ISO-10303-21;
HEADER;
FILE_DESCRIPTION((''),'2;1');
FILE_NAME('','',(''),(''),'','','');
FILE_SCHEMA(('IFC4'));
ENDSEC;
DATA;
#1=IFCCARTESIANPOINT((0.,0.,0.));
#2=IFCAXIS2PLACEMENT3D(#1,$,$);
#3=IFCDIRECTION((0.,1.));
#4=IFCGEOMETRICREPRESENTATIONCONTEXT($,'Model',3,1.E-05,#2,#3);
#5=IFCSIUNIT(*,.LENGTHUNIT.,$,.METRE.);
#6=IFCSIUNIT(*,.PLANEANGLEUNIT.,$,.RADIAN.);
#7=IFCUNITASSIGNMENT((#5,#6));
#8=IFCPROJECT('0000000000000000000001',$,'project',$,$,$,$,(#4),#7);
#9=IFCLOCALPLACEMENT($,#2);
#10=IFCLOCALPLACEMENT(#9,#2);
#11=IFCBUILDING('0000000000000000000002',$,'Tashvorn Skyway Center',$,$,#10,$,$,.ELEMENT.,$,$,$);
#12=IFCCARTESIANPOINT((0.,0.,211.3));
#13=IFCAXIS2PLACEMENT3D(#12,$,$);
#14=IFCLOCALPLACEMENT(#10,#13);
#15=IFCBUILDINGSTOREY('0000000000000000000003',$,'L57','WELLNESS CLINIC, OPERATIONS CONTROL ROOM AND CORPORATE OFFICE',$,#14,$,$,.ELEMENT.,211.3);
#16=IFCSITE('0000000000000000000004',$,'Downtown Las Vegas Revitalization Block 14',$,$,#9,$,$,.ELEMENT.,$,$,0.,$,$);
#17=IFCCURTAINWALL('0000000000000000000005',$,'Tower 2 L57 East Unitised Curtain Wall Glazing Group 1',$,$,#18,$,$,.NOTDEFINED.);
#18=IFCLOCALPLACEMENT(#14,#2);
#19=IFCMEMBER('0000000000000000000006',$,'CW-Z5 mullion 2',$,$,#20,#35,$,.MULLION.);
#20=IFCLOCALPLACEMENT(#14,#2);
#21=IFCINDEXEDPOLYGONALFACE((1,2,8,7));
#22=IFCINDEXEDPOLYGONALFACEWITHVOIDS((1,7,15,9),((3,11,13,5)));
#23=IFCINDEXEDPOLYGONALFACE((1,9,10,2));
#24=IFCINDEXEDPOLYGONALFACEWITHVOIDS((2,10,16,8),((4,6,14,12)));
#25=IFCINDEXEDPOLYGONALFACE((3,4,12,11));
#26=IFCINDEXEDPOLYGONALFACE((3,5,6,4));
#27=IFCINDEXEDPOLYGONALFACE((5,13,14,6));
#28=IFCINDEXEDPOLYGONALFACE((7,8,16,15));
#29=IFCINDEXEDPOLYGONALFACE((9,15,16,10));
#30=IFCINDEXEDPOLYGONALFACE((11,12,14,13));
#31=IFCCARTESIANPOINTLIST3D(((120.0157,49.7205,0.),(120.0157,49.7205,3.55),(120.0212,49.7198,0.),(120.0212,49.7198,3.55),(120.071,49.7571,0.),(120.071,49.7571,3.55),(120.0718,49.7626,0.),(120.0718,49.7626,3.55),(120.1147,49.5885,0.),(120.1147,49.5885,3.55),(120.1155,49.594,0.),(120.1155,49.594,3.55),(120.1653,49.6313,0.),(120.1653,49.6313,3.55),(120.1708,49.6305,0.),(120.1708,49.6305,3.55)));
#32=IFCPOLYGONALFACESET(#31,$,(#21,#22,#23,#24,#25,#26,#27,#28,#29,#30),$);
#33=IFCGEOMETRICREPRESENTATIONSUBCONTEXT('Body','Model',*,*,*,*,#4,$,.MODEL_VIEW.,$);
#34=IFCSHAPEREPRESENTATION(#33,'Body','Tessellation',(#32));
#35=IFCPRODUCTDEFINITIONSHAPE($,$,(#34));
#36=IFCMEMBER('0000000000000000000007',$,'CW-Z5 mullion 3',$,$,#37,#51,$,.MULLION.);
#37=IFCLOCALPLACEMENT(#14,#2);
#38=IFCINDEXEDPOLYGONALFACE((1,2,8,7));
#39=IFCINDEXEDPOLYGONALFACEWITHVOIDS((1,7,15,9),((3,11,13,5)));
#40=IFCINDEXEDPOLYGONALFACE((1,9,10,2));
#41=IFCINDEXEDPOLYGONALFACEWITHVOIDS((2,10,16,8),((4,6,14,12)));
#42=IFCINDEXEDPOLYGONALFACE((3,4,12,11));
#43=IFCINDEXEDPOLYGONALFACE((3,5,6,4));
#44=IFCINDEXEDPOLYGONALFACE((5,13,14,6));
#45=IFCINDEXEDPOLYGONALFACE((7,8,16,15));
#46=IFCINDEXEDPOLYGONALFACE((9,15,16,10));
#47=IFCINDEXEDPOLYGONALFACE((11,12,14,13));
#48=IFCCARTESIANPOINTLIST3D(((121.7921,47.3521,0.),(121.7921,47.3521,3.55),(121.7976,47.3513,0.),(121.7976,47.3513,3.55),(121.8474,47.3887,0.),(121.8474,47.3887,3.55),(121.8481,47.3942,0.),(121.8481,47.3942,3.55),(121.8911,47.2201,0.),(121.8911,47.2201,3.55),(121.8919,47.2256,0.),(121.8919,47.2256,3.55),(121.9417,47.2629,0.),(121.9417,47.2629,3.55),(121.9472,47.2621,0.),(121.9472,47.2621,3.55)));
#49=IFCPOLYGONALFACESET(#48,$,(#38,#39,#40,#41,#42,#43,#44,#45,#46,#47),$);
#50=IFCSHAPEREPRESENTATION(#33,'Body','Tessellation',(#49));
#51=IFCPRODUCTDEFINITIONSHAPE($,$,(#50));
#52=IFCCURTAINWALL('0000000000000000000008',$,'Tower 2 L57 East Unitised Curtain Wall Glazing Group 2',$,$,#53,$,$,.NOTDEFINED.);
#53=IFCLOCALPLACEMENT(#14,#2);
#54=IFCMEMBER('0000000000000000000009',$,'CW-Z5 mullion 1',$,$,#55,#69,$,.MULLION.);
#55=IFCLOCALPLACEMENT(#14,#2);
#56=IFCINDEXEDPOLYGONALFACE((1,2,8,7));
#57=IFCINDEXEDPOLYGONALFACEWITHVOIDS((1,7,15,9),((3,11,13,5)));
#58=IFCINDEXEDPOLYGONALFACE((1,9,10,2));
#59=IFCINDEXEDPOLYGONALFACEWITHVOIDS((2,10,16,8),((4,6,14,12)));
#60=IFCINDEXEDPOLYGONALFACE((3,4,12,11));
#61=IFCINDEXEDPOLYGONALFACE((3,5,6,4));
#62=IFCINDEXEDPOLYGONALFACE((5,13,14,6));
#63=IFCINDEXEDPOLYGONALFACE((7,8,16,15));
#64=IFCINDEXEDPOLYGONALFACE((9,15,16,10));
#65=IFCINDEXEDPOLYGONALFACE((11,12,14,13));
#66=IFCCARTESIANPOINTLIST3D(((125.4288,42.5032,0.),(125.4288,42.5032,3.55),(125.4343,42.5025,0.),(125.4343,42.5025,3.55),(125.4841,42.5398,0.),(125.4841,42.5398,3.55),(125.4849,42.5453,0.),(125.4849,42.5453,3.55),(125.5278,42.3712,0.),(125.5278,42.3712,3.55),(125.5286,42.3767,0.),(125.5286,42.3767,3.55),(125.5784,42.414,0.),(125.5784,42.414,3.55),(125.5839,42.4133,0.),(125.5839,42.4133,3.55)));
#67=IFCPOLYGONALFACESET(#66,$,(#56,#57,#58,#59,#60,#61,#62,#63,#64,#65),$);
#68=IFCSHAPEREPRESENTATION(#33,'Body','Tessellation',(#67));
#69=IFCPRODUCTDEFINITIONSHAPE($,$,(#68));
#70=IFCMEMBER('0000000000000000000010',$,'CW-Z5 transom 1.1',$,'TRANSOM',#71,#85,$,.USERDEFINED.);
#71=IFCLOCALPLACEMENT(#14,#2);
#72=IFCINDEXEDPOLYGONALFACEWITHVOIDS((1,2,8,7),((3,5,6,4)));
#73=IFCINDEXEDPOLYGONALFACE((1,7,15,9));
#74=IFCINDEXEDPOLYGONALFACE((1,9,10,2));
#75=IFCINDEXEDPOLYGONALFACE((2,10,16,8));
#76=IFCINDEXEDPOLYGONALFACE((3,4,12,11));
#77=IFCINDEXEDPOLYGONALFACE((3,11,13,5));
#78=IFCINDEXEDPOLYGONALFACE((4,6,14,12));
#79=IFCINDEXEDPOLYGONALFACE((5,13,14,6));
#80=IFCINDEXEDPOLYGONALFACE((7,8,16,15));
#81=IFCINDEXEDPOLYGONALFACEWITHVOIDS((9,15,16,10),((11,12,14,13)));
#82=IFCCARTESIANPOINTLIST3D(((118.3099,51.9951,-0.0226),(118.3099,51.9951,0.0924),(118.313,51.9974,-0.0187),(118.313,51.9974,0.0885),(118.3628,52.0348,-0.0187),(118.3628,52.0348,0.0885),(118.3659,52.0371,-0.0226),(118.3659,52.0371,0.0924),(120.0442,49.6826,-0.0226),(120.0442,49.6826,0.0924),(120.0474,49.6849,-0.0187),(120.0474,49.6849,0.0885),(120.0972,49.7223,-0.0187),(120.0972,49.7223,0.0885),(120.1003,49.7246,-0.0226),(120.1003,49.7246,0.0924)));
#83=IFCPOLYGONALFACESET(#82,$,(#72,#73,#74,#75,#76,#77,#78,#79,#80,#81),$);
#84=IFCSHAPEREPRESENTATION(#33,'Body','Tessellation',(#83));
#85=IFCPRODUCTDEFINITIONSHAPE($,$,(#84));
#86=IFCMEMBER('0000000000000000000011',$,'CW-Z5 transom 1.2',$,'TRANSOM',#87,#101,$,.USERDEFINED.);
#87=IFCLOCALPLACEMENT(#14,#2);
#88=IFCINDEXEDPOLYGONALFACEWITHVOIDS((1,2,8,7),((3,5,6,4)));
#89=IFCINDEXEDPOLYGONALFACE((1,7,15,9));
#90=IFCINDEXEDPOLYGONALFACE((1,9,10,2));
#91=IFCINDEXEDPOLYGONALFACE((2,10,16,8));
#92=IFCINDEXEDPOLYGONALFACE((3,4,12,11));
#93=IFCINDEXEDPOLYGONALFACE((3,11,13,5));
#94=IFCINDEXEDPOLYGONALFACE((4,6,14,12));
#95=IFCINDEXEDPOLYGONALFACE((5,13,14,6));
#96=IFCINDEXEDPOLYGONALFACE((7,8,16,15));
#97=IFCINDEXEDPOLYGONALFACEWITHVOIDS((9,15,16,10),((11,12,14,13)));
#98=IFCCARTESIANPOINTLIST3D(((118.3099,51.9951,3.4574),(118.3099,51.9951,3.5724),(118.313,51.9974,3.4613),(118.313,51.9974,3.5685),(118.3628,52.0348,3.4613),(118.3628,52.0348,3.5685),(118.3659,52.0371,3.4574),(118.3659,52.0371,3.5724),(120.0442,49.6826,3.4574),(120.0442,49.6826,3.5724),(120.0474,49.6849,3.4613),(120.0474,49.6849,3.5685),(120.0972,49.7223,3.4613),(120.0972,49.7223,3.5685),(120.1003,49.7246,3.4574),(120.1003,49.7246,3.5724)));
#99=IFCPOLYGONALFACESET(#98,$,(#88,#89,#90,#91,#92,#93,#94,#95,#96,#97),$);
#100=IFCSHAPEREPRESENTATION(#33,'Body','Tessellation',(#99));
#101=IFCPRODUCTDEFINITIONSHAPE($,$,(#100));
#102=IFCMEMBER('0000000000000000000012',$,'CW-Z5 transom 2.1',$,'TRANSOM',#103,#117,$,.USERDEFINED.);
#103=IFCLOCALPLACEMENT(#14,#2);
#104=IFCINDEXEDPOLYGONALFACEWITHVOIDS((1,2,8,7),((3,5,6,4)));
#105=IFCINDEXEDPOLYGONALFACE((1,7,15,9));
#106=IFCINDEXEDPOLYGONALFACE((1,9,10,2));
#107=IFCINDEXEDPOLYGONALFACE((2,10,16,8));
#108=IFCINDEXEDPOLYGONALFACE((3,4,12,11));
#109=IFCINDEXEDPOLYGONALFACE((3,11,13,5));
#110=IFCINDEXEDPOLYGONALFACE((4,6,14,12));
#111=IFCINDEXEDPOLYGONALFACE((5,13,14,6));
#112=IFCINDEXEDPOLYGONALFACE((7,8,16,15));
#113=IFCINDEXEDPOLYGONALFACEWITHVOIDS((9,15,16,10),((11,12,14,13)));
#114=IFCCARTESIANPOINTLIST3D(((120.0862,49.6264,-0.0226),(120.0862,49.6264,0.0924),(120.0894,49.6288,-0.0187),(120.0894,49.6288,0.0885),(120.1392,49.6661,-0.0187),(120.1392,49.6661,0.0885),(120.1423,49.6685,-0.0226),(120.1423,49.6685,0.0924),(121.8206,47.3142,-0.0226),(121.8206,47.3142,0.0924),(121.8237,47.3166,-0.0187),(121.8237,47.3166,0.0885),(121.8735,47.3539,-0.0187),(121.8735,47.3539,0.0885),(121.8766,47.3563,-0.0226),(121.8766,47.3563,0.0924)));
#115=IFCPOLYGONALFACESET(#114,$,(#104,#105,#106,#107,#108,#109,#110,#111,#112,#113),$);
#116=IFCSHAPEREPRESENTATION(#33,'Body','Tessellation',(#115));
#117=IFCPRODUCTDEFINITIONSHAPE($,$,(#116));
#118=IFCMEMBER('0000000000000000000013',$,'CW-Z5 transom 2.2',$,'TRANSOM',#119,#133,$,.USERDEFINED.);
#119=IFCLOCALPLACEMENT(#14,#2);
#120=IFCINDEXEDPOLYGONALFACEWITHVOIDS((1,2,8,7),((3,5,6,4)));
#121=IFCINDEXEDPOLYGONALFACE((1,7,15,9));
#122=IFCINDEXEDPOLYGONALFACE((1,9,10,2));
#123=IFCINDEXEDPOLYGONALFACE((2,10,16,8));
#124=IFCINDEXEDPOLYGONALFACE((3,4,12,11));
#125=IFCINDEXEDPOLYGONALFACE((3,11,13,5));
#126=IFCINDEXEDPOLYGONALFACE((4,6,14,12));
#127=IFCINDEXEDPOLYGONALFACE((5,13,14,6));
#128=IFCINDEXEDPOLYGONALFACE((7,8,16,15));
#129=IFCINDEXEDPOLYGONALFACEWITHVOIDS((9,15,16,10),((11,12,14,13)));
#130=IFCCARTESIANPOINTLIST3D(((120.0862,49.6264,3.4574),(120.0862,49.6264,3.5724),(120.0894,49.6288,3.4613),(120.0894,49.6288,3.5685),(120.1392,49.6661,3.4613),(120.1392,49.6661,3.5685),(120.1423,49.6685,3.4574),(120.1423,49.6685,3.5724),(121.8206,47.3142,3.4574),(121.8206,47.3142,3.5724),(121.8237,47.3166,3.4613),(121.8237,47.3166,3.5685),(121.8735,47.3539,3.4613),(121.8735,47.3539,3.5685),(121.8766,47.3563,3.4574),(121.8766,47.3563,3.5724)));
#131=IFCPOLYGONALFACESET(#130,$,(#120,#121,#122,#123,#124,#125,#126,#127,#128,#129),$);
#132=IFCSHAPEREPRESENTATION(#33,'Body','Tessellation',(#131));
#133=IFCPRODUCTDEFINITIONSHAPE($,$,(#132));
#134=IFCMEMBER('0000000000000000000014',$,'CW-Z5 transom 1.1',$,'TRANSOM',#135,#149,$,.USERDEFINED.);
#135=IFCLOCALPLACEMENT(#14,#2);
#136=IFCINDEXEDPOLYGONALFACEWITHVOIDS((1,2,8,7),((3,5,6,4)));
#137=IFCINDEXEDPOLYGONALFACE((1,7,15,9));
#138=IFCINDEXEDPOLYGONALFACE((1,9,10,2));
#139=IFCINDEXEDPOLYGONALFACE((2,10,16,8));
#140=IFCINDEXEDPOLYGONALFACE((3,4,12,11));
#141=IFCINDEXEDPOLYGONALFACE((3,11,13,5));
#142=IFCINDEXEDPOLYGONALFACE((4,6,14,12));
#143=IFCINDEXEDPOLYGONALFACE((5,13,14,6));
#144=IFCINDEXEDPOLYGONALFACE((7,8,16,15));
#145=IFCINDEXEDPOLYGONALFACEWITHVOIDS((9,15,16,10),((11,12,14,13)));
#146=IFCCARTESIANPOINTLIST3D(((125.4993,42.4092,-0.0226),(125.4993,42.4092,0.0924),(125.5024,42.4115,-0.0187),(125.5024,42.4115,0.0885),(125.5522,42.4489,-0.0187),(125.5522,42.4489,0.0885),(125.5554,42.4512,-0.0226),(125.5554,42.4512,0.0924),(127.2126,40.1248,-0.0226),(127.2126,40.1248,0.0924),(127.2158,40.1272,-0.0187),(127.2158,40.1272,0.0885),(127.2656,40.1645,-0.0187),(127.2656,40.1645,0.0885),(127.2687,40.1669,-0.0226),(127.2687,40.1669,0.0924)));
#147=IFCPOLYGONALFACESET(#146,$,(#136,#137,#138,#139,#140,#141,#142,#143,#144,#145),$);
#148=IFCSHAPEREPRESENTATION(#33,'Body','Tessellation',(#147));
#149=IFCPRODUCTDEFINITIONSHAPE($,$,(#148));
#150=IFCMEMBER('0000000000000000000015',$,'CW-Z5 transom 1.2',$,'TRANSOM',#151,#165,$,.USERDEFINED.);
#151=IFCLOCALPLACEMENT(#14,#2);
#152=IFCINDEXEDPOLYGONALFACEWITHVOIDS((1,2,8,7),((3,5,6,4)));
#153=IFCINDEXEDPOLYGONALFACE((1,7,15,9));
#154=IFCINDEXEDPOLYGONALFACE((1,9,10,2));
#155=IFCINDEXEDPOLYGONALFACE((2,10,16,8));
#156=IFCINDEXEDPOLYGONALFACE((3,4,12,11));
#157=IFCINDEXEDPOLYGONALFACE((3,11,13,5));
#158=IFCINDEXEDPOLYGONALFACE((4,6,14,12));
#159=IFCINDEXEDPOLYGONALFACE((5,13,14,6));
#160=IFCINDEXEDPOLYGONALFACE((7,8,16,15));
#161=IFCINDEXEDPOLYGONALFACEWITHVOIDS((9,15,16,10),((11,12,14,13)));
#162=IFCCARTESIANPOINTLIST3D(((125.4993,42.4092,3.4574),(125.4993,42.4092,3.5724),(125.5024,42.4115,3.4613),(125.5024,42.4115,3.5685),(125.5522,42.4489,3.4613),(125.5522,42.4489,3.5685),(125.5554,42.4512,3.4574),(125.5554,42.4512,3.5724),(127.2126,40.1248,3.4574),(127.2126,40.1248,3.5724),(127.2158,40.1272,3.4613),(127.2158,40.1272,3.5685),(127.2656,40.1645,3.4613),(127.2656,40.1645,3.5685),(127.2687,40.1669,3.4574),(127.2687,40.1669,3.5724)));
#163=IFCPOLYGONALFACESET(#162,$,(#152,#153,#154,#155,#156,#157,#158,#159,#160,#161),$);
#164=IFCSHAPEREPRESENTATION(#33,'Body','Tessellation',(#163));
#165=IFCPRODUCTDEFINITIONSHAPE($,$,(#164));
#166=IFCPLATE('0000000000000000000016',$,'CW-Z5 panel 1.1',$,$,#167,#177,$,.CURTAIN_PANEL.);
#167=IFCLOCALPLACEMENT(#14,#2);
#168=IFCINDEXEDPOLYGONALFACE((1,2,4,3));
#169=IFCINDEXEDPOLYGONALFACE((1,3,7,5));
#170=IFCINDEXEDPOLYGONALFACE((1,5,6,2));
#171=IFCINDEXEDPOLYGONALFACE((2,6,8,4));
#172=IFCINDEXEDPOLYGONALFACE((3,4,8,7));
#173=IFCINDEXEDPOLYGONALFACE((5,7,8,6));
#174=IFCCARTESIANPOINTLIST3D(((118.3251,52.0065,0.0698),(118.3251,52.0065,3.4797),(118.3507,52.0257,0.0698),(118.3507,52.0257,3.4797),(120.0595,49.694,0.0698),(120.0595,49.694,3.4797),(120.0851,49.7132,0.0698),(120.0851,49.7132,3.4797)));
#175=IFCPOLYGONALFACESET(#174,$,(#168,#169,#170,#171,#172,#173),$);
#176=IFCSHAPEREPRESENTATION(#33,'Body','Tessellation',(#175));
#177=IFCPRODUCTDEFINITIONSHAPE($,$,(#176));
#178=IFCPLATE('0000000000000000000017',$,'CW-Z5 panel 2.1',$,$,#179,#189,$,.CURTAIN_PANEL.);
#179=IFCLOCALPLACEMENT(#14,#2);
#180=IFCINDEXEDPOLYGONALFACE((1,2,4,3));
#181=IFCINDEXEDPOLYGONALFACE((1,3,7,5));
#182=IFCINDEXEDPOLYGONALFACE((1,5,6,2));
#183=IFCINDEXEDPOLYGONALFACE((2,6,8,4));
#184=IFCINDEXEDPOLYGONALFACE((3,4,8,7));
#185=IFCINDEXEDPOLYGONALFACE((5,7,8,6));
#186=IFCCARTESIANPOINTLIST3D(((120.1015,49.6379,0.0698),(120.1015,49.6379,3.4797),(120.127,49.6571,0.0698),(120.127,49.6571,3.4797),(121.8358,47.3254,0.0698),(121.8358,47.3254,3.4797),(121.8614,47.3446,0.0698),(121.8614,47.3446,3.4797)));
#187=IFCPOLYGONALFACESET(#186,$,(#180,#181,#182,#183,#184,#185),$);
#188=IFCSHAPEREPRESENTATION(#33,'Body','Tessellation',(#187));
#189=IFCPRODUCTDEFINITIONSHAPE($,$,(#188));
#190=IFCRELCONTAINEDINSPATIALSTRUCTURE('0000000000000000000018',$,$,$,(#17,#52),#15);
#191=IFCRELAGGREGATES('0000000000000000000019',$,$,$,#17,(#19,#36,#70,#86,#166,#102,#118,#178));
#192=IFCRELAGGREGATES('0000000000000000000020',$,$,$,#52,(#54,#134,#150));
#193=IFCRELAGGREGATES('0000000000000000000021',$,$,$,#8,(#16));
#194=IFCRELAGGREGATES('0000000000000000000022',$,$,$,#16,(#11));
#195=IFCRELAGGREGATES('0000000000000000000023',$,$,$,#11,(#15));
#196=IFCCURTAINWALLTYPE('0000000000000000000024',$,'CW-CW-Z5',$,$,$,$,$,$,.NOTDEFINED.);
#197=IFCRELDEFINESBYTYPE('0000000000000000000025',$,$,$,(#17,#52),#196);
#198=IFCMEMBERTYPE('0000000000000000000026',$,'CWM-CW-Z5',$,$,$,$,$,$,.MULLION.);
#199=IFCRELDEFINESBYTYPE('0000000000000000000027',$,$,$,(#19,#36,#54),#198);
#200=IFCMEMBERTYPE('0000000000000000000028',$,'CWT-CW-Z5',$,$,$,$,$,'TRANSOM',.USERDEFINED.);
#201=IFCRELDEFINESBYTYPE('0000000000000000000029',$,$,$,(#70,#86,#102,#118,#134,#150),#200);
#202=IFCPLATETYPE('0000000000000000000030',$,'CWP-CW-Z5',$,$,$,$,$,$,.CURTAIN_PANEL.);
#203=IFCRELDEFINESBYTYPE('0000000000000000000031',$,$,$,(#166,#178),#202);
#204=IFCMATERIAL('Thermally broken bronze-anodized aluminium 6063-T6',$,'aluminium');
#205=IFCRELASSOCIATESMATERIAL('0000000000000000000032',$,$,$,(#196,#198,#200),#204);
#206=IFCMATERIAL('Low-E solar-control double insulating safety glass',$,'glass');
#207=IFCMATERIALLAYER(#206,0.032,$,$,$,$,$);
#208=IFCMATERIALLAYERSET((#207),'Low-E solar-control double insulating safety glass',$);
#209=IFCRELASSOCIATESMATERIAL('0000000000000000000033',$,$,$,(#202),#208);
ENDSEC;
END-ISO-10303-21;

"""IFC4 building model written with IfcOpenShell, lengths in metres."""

from ifc_helpers import new_model, si_unit, direction, frame, origin, origin_2d, place, context, subcontext, project, spatial, rectangle, hollow_rectangle, extrude, material, layer, layer_set, material_profile, profile_set, type_object, element, aggregate, save


model = new_model("IFC4")

# Units and contexts
model_context = context("Model", 3, precision=1e-05, world=origin(), true_north=direction((0.0, 1.0)))
body_context = subcontext(model_context, "Body", "Model", "MODEL_VIEW")
ifc_project = project(units=[si_unit("LENGTHUNIT", "METRE"), si_unit("PLANEANGLEUNIT", "RADIAN")], contexts=[model_context])

# Site, building, storey
site_placement = place(None, origin())
site = spatial("IfcSite", under=ifc_project, at=site_placement, Name="Downtown Las Vegas Revitalization Block 14", CompositionType="ELEMENT", RefElevation=0.0)
building_placement = place(site_placement, origin())
building = spatial("IfcBuilding", under=site, at=building_placement, Name="Tashvorn Skyway Center", CompositionType="ELEMENT")
storey_placement = place(building_placement, frame((0.0, 0.0, 211.3)))
storey = spatial("IfcBuildingStorey", under=building, at=storey_placement, Name="L57", Description="WELLNESS CLINIC, OPERATIONS CONTROL ROOM AND CORPORATE OFFICE", CompositionType="ELEMENT", Elevation=211.3)

# Shared definitions
ifc_material_1 = material(Name="Thermally broken bronze-anodized aluminium 6063-T6", Category="aluminium")
curtain_wall_type = type_object("IfcCurtainWallType", Name="CW-CW-Z5", PredefinedType="NOTDEFINED", material=ifc_material_1)
ifc_material_profile_1 = material_profile(ifc_material_1, hollow_rectangle(XDim=0.0701, YDim=0.165, WallThickness=0.0039, at=origin_2d()), Name="ALU-MULL-70x165")
ifc_profile_set_1 = profile_set([ifc_material_profile_1], Name="Thermally broken bronze-anodized aluminium 6063-T6")
member_type_1 = type_object("IfcMemberType", Name="CWM-CW-Z5", PredefinedType="MULLION", material=ifc_profile_set_1)

# Curtain wall, members
curtain_wall_1_placement = place(storey_placement, origin())
curtain_wall_1 = element("IfcCurtainWall", 1, at=curtain_wall_1_placement, inside=storey, type_object=curtain_wall_type, Name="Tower 2 L57 East Unitised Curtain Wall Glazing Group 1", PredefinedType="NOTDEFINED")
member_1_placement = place(storey_placement, frame((120.0933, 49.6755, 0.0), z_axis=(0.0, 0.0, 1.0), x_axis=(0.799998, 0.600003, 0.0)))
member_1 = element("IfcMember", 2, at=member_1_placement, type_object=member_type_1, Name="CW-Z5 mullion 2", PredefinedType="MULLION", context=body_context, shape_type="SweptSolid", body=[
    extrude(hollow_rectangle(XDim=0.0701, YDim=0.165, WallThickness=0.0039, at=origin_2d()), origin(), (0.0, 0.0, 1.0), 3.55),
])
member_2_placement = place(storey_placement, frame((121.8696, 47.3071, 0.0), z_axis=(0.0, 0.0, 1.0), x_axis=(0.799998, 0.600003, 0.0)))
member_2 = element("IfcMember", 3, at=member_2_placement, type_object=member_type_1, Name="CW-Z5 mullion 3", PredefinedType="MULLION", context=body_context, shape_type="SweptSolid", body=[
    extrude(hollow_rectangle(XDim=0.0701, YDim=0.165, WallThickness=0.0039, at=origin_2d()), origin(), (0.0, 0.0, 1.0), 3.55),
])

# Curtain wall, member
curtain_wall_2_placement = place(storey_placement, origin())
curtain_wall_2 = element("IfcCurtainWall", 4, at=curtain_wall_2_placement, inside=storey, type_object=curtain_wall_type, Name="Tower 2 L57 East Unitised Curtain Wall Glazing Group 2", PredefinedType="NOTDEFINED")
member_3_placement = place(storey_placement, frame((125.5063, 42.4583, 0.0), z_axis=(0.0, 0.0, 1.0), x_axis=(0.799984, 0.600021, 0.0)))
member_3 = element("IfcMember", 5, at=member_3_placement, type_object=member_type_1, Name="CW-Z5 mullion 1", PredefinedType="MULLION", context=body_context, shape_type="SweptSolid", body=[
    extrude(hollow_rectangle(XDim=0.0701, YDim=0.165, WallThickness=0.0039, at=origin_2d()), origin(), (0.0, 0.0, 1.0), 3.55),
])

# Members
ifc_material_profile_2 = material_profile(ifc_material_1, hollow_rectangle(XDim=0.0701, YDim=0.115, WallThickness=0.0039, at=origin_2d()), Name="ALU-TRAN-70x115")
ifc_profile_set_2 = profile_set([ifc_material_profile_2], Name="Thermally broken bronze-anodized aluminium 6063-T6")
member_type_2 = type_object("IfcMemberType", Name="CWT-CW-Z5", ElementType="TRANSOM", PredefinedType="USERDEFINED", material=ifc_profile_set_2)
member_4_placement = place(storey_placement, frame((118.3379, 52.0161, 0.0349), z_axis=(0.6, -0.8, 0.0), x_axis=(0.8, 0.6, 0.0)))
member_4 = element("IfcMember", 6, at=member_4_placement, type_object=member_type_2, Name="CW-Z5 transom 1.1", ObjectType="TRANSOM", PredefinedType="USERDEFINED", context=body_context, shape_type="SweptSolid", body=[
    extrude(hollow_rectangle(XDim=0.0701, YDim=0.115, WallThickness=0.0039, at=origin_2d()), origin(), (0.0, 0.0, 1.0), 2.8906),
])
member_5_placement = place(storey_placement, frame((118.3379, 52.0161, 3.5149), z_axis=(0.6, -0.8, 0.0), x_axis=(0.8, 0.6, 0.0)))
member_5 = element("IfcMember", 7, at=member_5_placement, type_object=member_type_2, Name="CW-Z5 transom 1.2", ObjectType="TRANSOM", PredefinedType="USERDEFINED", context=body_context, shape_type="SweptSolid", body=[
    extrude(hollow_rectangle(XDim=0.0701, YDim=0.115, WallThickness=0.0039, at=origin_2d()), origin(), (0.0, 0.0, 1.0), 2.8906),
])
member_6_placement = place(storey_placement, frame((120.1143, 49.6475, 0.0349), z_axis=(0.600041, -0.79997, 0.0), x_axis=(0.79997, 0.600041, 0.0)))
member_6 = element("IfcMember", 8, at=member_6_placement, type_object=member_type_2, Name="CW-Z5 transom 2.1", ObjectType="TRANSOM", PredefinedType="USERDEFINED", context=body_context, shape_type="SweptSolid", body=[
    extrude(hollow_rectangle(XDim=0.0701, YDim=0.115, WallThickness=0.0039, at=origin_2d()), origin(), (0.0, 0.0, 1.0), 2.8904),
])
member_7_placement = place(storey_placement, frame((120.1143, 49.6475, 3.5149), z_axis=(0.600041, -0.79997, 0.0), x_axis=(0.79997, 0.600041, 0.0)))
member_7 = element("IfcMember", 9, at=member_7_placement, type_object=member_type_2, Name="CW-Z5 transom 2.2", ObjectType="TRANSOM", PredefinedType="USERDEFINED", context=body_context, shape_type="SweptSolid", body=[
    extrude(hollow_rectangle(XDim=0.0701, YDim=0.115, WallThickness=0.0039, at=origin_2d()), origin(), (0.0, 0.0, 1.0), 2.8904),
])
member_8_placement = place(storey_placement, frame((125.5273, 42.4302, 0.0349), z_axis=(0.600014, -0.79999, 0.0), x_axis=(0.79999, 0.600014, 0.0)))
member_8 = element("IfcMember", 10, at=member_8_placement, type_object=member_type_2, Name="CW-Z5 transom 1.1", ObjectType="TRANSOM", PredefinedType="USERDEFINED", context=body_context, shape_type="SweptSolid", body=[
    extrude(hollow_rectangle(XDim=0.0701, YDim=0.115, WallThickness=0.0039, at=origin_2d()), origin(), (0.0, 0.0, 1.0), 2.8555),
])
member_9_placement = place(storey_placement, frame((125.5273, 42.4302, 3.5149), z_axis=(0.600014, -0.79999, 0.0), x_axis=(0.79999, 0.600014, 0.0)))
member_9 = element("IfcMember", 11, at=member_9_placement, type_object=member_type_2, Name="CW-Z5 transom 1.2", ObjectType="TRANSOM", PredefinedType="USERDEFINED", context=body_context, shape_type="SweptSolid", body=[
    extrude(hollow_rectangle(XDim=0.0701, YDim=0.115, WallThickness=0.0039, at=origin_2d()), origin(), (0.0, 0.0, 1.0), 2.8555),
])

# Plates
ifc_material_2 = material(Name="Low-E solar-control double insulating safety glass", Category="glass")
ifc_layer_1 = layer(ifc_material_2, 0.032)
ifc_layer_set_1 = layer_set([ifc_layer_1], Name="Low-E solar-control double insulating safety glass")
plate_type = type_object("IfcPlateType", Name="CWP-CW-Z5", PredefinedType="CURTAIN_PANEL", material=ifc_layer_set_1)
plate_1_placement = place(storey_placement, frame((119.2051, 50.8599, 0.0698), z_axis=(0.0, 0.0, 1.0), x_axis=(0.600003, -0.799998, 0.0)))
plate_1 = element("IfcPlate", 12, at=plate_1_placement, type_object=plate_type, Name="CW-Z5 panel 1.1", PredefinedType="CURTAIN_PANEL", context=body_context, shape_type="SweptSolid", body=[
    extrude(rectangle(XDim=2.8906, YDim=0.032, at=origin_2d()), origin(), (0.0, 0.0, 1.0), 3.4099),
])
plate_2_placement = place(storey_placement, frame((120.9814, 48.4912, 0.0698), z_axis=(0.0, 0.0, 1.0), x_axis=(0.600003, -0.799998, 0.0)))
plate_2 = element("IfcPlate", 13, at=plate_2_placement, type_object=plate_type, Name="CW-Z5 panel 2.1", PredefinedType="CURTAIN_PANEL", context=body_context, shape_type="SweptSolid", body=[
    extrude(rectangle(XDim=2.8906, YDim=0.032, at=origin_2d()), origin(), (0.0, 0.0, 1.0), 3.4099),
])
aggregate(curtain_wall_1, [member_1, member_2, member_4, member_5, plate_1, member_6, member_7, plate_2])
aggregate(curtain_wall_2, [member_3, member_8, member_9])

save(model, "model.ifc")
